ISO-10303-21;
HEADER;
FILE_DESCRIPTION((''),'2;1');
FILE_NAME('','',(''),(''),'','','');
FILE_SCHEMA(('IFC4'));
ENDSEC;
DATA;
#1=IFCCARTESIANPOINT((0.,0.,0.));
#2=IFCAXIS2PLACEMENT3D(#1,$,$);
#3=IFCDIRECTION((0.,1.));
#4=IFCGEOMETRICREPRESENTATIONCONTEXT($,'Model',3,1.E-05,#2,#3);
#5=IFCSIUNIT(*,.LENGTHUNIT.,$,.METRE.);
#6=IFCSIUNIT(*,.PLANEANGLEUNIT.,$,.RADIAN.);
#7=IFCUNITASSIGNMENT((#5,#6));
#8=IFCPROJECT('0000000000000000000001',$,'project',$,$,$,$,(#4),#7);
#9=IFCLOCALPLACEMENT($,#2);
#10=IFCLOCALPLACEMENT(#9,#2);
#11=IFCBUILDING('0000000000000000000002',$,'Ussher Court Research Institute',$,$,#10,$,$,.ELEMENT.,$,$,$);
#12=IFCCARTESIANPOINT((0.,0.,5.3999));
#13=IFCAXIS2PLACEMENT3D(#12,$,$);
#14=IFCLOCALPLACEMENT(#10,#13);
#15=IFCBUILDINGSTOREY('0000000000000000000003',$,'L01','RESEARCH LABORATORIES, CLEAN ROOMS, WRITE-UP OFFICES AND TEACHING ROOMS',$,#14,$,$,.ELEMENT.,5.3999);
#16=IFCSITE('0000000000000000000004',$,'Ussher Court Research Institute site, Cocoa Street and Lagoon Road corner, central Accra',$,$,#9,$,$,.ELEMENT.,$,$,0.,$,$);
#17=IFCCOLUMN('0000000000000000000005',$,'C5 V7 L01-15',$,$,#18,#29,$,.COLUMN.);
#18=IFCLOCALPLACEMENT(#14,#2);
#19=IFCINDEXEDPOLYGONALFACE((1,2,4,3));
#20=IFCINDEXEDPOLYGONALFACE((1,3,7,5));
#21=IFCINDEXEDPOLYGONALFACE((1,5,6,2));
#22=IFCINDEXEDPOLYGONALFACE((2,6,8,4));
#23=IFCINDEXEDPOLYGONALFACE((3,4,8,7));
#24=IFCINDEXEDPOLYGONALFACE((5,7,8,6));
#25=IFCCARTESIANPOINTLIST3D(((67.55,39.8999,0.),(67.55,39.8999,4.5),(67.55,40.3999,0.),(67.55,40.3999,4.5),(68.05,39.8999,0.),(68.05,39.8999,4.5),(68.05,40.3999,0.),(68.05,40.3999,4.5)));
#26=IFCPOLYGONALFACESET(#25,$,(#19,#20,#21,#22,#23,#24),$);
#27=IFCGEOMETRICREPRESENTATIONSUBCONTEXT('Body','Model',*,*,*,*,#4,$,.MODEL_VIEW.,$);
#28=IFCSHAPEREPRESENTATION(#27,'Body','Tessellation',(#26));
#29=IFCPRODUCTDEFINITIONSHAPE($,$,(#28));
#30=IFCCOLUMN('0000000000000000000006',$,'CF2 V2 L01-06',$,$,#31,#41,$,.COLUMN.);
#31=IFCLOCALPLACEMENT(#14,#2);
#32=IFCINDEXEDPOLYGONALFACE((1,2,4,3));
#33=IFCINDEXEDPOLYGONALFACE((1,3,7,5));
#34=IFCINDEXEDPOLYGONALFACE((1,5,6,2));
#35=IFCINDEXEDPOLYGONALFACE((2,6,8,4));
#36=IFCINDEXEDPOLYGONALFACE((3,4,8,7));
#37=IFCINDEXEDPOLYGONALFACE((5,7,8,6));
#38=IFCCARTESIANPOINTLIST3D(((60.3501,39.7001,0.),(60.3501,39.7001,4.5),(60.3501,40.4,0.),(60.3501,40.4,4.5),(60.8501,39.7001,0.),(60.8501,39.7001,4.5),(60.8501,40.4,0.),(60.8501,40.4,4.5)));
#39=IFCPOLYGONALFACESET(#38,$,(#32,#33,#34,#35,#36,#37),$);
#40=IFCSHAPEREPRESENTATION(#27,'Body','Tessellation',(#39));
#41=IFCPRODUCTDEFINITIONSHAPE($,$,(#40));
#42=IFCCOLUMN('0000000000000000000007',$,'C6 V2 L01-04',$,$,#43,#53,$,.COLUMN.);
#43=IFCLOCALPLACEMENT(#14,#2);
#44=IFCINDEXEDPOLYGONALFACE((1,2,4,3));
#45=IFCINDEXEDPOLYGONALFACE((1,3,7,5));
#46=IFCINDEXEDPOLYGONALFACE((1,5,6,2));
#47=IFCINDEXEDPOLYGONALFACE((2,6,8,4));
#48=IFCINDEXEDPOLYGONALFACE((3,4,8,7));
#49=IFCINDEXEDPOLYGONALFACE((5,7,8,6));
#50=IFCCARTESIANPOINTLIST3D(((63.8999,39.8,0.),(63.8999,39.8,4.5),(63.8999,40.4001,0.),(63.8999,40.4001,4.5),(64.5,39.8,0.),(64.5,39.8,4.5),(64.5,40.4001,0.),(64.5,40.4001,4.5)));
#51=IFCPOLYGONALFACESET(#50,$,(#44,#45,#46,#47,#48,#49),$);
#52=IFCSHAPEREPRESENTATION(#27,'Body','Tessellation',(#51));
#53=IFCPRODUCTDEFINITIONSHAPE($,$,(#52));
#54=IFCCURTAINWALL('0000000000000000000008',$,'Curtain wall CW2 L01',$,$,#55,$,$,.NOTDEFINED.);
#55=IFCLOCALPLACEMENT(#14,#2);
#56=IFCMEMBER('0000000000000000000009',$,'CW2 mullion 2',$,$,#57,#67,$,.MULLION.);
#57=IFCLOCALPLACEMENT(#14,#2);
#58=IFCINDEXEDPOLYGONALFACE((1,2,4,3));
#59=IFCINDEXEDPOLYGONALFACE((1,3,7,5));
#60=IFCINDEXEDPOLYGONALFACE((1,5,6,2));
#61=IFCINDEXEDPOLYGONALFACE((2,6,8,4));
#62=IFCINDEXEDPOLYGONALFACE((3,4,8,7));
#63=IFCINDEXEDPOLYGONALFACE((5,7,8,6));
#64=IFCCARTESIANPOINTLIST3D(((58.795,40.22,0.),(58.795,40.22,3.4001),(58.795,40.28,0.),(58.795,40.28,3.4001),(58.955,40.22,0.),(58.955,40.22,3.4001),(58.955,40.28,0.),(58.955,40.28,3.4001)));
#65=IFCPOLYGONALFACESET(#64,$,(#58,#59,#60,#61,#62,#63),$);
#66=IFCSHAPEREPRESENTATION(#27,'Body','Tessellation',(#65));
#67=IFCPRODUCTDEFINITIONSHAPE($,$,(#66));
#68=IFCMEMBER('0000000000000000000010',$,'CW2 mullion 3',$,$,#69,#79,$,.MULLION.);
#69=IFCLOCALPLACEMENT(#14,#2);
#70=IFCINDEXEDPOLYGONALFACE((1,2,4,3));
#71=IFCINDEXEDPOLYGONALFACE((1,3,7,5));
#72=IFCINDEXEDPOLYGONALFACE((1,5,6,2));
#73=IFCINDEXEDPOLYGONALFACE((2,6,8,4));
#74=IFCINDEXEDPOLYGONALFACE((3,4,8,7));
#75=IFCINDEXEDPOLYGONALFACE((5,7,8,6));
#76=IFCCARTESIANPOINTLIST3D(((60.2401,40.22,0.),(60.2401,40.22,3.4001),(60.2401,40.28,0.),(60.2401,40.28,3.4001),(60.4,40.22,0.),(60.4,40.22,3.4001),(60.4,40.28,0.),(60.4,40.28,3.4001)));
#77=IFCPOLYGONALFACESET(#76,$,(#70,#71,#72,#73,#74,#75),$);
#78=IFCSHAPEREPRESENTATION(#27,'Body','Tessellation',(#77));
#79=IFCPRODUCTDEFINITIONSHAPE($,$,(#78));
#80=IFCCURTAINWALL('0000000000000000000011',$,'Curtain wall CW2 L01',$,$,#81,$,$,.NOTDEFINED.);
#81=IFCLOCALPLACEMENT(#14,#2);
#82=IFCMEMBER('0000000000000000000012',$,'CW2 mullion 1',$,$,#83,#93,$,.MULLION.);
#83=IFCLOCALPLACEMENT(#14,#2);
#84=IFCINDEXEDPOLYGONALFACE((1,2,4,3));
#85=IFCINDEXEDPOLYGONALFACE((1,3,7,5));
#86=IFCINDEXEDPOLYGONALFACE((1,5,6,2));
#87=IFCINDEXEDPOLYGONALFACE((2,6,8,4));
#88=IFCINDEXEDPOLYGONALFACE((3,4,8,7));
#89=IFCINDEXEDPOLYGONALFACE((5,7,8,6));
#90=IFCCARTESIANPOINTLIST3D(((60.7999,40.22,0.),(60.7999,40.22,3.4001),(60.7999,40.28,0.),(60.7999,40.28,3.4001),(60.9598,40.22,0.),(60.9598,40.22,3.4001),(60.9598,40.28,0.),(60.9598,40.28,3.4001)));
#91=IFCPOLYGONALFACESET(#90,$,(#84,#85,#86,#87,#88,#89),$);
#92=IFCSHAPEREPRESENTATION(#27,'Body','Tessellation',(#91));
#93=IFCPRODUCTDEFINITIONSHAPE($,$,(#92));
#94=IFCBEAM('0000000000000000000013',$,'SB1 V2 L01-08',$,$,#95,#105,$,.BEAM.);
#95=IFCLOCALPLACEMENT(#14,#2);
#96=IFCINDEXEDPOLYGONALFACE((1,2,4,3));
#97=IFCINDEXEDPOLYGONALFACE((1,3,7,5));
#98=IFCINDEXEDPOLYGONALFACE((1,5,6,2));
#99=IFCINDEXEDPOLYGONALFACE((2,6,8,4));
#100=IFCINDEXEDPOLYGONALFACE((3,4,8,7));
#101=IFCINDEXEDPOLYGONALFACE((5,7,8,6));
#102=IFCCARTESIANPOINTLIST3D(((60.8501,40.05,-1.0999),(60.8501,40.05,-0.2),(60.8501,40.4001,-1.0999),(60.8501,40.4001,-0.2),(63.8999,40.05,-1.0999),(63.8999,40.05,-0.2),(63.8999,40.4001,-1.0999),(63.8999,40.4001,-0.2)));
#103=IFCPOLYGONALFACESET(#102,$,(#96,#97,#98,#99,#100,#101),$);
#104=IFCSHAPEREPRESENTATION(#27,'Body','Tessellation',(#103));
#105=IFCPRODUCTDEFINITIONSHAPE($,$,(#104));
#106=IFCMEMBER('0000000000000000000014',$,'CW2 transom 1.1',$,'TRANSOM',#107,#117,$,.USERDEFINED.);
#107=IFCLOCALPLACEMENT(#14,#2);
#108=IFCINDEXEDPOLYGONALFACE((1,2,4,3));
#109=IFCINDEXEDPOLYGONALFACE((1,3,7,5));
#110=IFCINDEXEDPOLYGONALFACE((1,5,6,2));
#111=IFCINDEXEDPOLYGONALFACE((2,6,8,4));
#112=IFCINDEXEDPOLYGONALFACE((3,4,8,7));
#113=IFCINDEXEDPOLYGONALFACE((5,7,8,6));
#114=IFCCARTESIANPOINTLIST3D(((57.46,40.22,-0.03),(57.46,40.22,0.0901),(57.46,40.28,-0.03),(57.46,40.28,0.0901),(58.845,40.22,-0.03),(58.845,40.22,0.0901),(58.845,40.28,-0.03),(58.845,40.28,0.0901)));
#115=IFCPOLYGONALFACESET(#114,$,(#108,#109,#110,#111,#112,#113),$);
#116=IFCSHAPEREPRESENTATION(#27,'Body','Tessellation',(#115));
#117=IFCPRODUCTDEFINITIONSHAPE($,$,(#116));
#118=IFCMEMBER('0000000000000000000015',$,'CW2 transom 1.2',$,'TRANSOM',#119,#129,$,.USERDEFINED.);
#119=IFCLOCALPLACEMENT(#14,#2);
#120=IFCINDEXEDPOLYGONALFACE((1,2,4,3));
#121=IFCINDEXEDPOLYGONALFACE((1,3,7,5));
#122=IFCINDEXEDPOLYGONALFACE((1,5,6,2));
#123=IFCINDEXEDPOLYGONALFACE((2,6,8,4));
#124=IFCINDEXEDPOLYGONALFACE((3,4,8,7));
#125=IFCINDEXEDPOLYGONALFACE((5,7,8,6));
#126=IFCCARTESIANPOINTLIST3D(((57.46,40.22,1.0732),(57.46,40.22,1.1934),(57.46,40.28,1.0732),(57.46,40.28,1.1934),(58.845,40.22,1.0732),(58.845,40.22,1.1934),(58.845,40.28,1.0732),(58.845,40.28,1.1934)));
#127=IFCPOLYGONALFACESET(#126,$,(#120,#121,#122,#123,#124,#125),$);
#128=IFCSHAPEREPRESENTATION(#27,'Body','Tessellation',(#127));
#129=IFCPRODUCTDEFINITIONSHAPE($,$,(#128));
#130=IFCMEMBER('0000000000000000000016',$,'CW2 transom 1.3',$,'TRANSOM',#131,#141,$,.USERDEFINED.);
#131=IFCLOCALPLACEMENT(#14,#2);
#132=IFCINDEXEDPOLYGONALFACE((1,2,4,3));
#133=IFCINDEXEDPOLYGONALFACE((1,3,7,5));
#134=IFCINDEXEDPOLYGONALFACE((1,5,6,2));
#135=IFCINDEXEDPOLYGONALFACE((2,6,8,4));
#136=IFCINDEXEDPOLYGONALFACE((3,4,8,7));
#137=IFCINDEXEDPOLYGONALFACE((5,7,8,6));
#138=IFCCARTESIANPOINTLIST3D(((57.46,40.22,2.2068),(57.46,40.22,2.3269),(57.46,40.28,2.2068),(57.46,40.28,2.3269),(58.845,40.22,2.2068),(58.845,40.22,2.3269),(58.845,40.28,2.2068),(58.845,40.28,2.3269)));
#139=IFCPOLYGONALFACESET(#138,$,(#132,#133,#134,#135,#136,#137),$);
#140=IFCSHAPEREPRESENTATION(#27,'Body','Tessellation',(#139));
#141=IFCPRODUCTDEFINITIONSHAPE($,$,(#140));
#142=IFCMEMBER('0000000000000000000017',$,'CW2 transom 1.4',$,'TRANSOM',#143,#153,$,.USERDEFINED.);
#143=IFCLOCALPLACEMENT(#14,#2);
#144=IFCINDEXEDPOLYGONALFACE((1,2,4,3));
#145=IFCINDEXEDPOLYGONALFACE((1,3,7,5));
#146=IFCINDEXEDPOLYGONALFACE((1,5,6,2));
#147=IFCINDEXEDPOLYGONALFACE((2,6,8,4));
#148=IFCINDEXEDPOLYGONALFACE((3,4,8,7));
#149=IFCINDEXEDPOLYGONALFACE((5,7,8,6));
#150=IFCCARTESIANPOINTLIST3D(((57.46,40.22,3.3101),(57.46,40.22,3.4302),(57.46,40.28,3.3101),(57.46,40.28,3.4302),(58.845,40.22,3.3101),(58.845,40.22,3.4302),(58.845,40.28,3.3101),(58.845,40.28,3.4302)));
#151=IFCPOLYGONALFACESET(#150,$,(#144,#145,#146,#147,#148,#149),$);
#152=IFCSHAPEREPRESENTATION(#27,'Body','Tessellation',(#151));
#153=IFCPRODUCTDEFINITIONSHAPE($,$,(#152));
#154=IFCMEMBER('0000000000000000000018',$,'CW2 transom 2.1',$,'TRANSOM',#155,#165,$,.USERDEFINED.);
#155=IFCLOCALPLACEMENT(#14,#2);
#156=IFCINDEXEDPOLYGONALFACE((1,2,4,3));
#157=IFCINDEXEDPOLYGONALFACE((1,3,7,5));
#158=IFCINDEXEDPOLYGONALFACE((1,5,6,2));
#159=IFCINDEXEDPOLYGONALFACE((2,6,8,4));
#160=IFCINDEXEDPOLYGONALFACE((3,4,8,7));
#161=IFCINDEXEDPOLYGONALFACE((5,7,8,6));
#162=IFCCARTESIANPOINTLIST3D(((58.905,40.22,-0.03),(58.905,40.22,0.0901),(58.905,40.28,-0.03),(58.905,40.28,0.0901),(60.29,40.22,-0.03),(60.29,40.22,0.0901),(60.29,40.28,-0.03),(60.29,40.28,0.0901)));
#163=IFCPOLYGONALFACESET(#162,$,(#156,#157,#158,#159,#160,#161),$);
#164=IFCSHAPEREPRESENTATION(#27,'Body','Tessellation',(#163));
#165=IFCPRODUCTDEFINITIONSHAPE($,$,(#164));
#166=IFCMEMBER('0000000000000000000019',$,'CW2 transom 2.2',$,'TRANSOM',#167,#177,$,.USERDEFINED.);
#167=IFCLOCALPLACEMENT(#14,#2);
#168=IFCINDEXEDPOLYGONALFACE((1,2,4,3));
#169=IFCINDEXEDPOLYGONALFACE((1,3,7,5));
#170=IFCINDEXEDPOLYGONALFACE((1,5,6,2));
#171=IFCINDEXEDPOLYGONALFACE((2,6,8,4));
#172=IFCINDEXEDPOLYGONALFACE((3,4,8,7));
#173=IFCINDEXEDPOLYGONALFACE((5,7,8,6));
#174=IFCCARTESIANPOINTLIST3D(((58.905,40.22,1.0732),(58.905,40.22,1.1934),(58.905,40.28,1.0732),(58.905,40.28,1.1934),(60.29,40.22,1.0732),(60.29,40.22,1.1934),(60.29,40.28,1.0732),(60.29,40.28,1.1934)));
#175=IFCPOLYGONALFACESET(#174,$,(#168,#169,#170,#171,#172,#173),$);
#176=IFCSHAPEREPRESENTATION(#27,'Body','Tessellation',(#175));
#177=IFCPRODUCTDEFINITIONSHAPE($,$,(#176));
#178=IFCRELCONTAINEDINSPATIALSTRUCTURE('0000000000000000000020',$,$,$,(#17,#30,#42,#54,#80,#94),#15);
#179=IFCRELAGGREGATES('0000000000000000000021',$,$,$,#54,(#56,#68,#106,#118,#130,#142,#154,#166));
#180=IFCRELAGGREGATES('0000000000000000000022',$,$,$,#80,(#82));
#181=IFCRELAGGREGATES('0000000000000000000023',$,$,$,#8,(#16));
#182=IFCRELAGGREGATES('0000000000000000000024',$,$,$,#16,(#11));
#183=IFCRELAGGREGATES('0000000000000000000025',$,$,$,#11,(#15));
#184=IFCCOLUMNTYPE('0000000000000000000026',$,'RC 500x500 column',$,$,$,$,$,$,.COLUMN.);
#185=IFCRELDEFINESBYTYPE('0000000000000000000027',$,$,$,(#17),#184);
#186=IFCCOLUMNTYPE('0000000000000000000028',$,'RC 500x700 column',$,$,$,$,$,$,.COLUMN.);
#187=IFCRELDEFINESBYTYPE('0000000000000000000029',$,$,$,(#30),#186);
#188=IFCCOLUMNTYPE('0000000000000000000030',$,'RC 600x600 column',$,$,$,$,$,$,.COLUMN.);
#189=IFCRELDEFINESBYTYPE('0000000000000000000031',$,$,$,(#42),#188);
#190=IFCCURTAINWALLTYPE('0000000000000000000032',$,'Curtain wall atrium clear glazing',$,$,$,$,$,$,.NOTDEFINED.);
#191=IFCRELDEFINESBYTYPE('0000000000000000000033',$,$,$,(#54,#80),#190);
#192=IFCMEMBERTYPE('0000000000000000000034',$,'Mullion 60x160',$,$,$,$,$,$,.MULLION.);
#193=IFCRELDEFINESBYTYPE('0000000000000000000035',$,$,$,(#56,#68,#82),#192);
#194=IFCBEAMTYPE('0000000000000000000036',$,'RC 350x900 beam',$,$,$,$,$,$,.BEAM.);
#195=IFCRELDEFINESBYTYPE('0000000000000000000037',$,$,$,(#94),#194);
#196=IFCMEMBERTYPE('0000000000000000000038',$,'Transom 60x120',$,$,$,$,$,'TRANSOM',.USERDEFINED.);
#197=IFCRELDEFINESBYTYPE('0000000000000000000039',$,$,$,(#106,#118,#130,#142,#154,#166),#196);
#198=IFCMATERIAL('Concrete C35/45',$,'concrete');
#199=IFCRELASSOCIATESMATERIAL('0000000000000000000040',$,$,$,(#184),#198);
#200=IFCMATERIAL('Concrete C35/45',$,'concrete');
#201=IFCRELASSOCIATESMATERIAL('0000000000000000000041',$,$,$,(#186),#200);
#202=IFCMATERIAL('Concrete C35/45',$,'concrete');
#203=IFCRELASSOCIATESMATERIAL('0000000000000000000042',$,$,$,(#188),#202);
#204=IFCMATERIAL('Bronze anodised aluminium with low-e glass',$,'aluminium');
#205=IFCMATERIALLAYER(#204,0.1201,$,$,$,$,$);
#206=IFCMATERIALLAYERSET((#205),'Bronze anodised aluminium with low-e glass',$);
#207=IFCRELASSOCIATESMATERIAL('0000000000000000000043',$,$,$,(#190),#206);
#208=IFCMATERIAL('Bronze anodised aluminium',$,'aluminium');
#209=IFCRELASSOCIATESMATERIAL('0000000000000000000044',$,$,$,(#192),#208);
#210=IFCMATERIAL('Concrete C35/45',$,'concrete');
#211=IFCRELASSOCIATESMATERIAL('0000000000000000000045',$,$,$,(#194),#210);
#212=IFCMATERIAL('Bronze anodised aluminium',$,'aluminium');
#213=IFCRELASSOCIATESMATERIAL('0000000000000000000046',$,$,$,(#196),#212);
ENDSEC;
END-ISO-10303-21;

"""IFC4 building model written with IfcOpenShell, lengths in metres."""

from ifc_helpers import new_model, si_unit, direction, frame, origin, origin_2d, place, context, subcontext, project, spatial, rectangle, extrude, material, layer, layer_set, material_profile, profile_set, type_object, element, aggregate, save


model = new_model("IFC4")

# Units and contexts
model_context = context("Model", 3, precision=1e-05, world=origin(), true_north=direction((0.0, 1.0)))
body_context = subcontext(model_context, "Body", "Model", "MODEL_VIEW")
ifc_project = project(units=[si_unit("LENGTHUNIT", "METRE"), si_unit("PLANEANGLEUNIT", "RADIAN")], contexts=[model_context])

# Site, building, storey
site_placement = place(None, origin())
site = spatial("IfcSite", under=ifc_project, at=site_placement, Name="Ussher Court Research Institute site, Cocoa Street and Lagoon Road corner, central Accra", CompositionType="ELEMENT", RefElevation=0.0)
building_placement = place(site_placement, origin())
building = spatial("IfcBuilding", under=site, at=building_placement, Name="Ussher Court Research Institute", CompositionType="ELEMENT")
storey_placement = place(building_placement, frame((0.0, 0.0, 5.3999)))
storey = spatial("IfcBuildingStorey", under=building, at=storey_placement, Name="L01", Description="RESEARCH LABORATORIES, CLEAN ROOMS, WRITE-UP OFFICES AND TEACHING ROOMS", CompositionType="ELEMENT", Elevation=5.3999)

# Columns
ifc_material_1 = material(Name="Concrete C35/45", Category="concrete")
ifc_material_profile_1 = material_profile(ifc_material_1, rectangle(XDim=0.5, YDim=0.5, at=origin_2d()), Name="RC 500x500")
ifc_profile_set_1 = profile_set([ifc_material_profile_1], Name="Concrete C35/45")
column_type_1 = type_object("IfcColumnType", Name="RC 500x500 column", PredefinedType="COLUMN", material=ifc_profile_set_1)
column_1_placement = place(storey_placement, frame((67.8, 40.1499, 0.0), z_axis=(0.0, 0.0, 1.0), x_axis=(1.0, 0.0, 0.0)))
element("IfcColumn", 1, at=column_1_placement, inside=storey, type_object=column_type_1, Name="C5 V7 L01-15", PredefinedType="COLUMN", context=body_context, shape_type="SweptSolid", body=[
    extrude(rectangle(XDim=0.5, YDim=0.5, at=origin_2d()), origin(), (0.0, 0.0, 1.0), 4.5),
])
ifc_material_2 = material(Name="Concrete C35/45", Category="concrete")
ifc_material_profile_2 = material_profile(ifc_material_2, rectangle(XDim=0.5, YDim=0.7, at=origin_2d()), Name="RC 500x700")
ifc_profile_set_2 = profile_set([ifc_material_profile_2], Name="Concrete C35/45")
column_type_2 = type_object("IfcColumnType", Name="RC 500x700 column", PredefinedType="COLUMN", material=ifc_profile_set_2)
column_2_placement = place(storey_placement, frame((60.6001, 40.05, 0.0), z_axis=(0.0, 0.0, 1.0), x_axis=(1.0, 0.0, 0.0)))
element("IfcColumn", 2, at=column_2_placement, inside=storey, type_object=column_type_2, Name="CF2 V2 L01-06", PredefinedType="COLUMN", context=body_context, shape_type="SweptSolid", body=[
    extrude(rectangle(XDim=0.5, YDim=0.7, at=origin_2d()), origin(), (0.0, 0.0, 1.0), 4.5),
])
ifc_material_3 = material(Name="Concrete C35/45", Category="concrete")
ifc_material_profile_3 = material_profile(ifc_material_3, rectangle(XDim=0.6001, YDim=0.6001, at=origin_2d()), Name="RC 600x600")
ifc_profile_set_3 = profile_set([ifc_material_profile_3], Name="Concrete C35/45")
column_type_3 = type_object("IfcColumnType", Name="RC 600x600 column", PredefinedType="COLUMN", material=ifc_profile_set_3)
column_3_placement = place(storey_placement, frame((64.2, 40.1001, 0.0), z_axis=(0.0, 0.0, 1.0), x_axis=(1.0, 0.0, 0.0)))
element("IfcColumn", 3, at=column_3_placement, inside=storey, type_object=column_type_3, Name="C6 V2 L01-04", PredefinedType="COLUMN", context=body_context, shape_type="SweptSolid", body=[
    extrude(rectangle(XDim=0.6001, YDim=0.6001, at=origin_2d()), origin(), (0.0, 0.0, 1.0), 4.5),
])

# Curtain wall, members
ifc_material_4 = material(Name="Bronze anodised aluminium with low-e glass", Category="aluminium")
ifc_layer_1 = layer(ifc_material_4, 0.1201)
ifc_layer_set_1 = layer_set([ifc_layer_1], Name="Bronze anodised aluminium with low-e glass")
curtain_wall_type = type_object("IfcCurtainWallType", Name="Curtain wall atrium clear glazing", PredefinedType="NOTDEFINED", material=ifc_layer_set_1)
curtain_wall_1_placement = place(storey_placement, origin())
curtain_wall_1 = element("IfcCurtainWall", 4, at=curtain_wall_1_placement, inside=storey, type_object=curtain_wall_type, Name="Curtain wall CW2 L01", PredefinedType="NOTDEFINED")
ifc_material_5 = material(Name="Bronze anodised aluminium", Category="aluminium")
ifc_material_profile_4 = material_profile(ifc_material_5, rectangle(XDim=0.0601, YDim=0.1599, at=origin_2d()), Name="Mullion 60x160")
ifc_profile_set_4 = profile_set([ifc_material_profile_4], Name="Bronze anodised aluminium")
member_type_1 = type_object("IfcMemberType", Name="Mullion 60x160", PredefinedType="MULLION", material=ifc_profile_set_4)
member_1_placement = place(storey_placement, frame((58.875, 40.25, 0.0), z_axis=(0.0, 0.0, 1.0), x_axis=(0.0, 1.0, 0.0)))
member_1 = element("IfcMember", 5, at=member_1_placement, type_object=member_type_1, Name="CW2 mullion 2", PredefinedType="MULLION", context=body_context, shape_type="SweptSolid", body=[
    extrude(rectangle(XDim=0.0601, YDim=0.1599, at=origin_2d()), origin(), (0.0, 0.0, 1.0), 3.4001),
])
member_2_placement = place(storey_placement, frame((60.3201, 40.25, 0.0), z_axis=(0.0, 0.0, 1.0), x_axis=(0.0, 1.0, 0.0)))
member_2 = element("IfcMember", 6, at=member_2_placement, type_object=member_type_1, Name="CW2 mullion 3", PredefinedType="MULLION", context=body_context, shape_type="SweptSolid", body=[
    extrude(rectangle(XDim=0.0601, YDim=0.1599, at=origin_2d()), origin(), (0.0, 0.0, 1.0), 3.4001),
])

# Curtain wall, member
curtain_wall_2_placement = place(storey_placement, origin())
curtain_wall_2 = element("IfcCurtainWall", 7, at=curtain_wall_2_placement, inside=storey, type_object=curtain_wall_type, Name="Curtain wall CW2 L01", PredefinedType="NOTDEFINED")
member_3_placement = place(storey_placement, frame((60.8799, 40.25, 0.0), z_axis=(0.0, 0.0, 1.0), x_axis=(0.0, 1.0, 0.0)))
member_3 = element("IfcMember", 8, at=member_3_placement, type_object=member_type_1, Name="CW2 mullion 1", PredefinedType="MULLION", context=body_context, shape_type="SweptSolid", body=[
    extrude(rectangle(XDim=0.0601, YDim=0.1599, at=origin_2d()), origin(), (0.0, 0.0, 1.0), 3.4001),
])

# Beam
ifc_material_6 = material(Name="Concrete C35/45", Category="concrete")
ifc_material_profile_5 = material_profile(ifc_material_6, rectangle(XDim=0.3501, YDim=0.8999, at=origin_2d()), Name="RC 350x900")
ifc_profile_set_5 = profile_set([ifc_material_profile_5], Name="Concrete C35/45")
beam_type = type_object("IfcBeamType", Name="RC 350x900 beam", PredefinedType="BEAM", material=ifc_profile_set_5)
beam_placement = place(storey_placement, frame((60.8501, 40.2251, -0.6499), z_axis=(1.0, 0.0, 0.0), x_axis=(0.0, 1.0, 0.0)))
element("IfcBeam", 9, at=beam_placement, inside=storey, type_object=beam_type, Name="SB1 V2 L01-08", PredefinedType="BEAM", context=body_context, shape_type="SweptSolid", body=[
    extrude(rectangle(XDim=0.3501, YDim=0.8999, at=origin_2d()), origin(), (0.0, 0.0, 1.0), 3.0498),
])

# Members
ifc_material_7 = material(Name="Bronze anodised aluminium", Category="aluminium")
ifc_material_profile_6 = material_profile(ifc_material_7, rectangle(XDim=0.0601, YDim=0.1201, at=origin_2d()), Name="Transom 60x120")
ifc_profile_set_6 = profile_set([ifc_material_profile_6], Name="Bronze anodised aluminium")
member_type_2 = type_object("IfcMemberType", Name="Transom 60x120", ElementType="TRANSOM", PredefinedType="USERDEFINED", material=ifc_profile_set_6)
member_4_placement = place(storey_placement, frame((57.46, 40.25, 0.03), z_axis=(1.0, 0.0, 0.0), x_axis=(0.0, 1.0, 0.0)))
member_4 = element("IfcMember", 10, at=member_4_placement, type_object=member_type_2, Name="CW2 transom 1.1", ObjectType="TRANSOM", PredefinedType="USERDEFINED", context=body_context, shape_type="SweptSolid", body=[
    extrude(rectangle(XDim=0.0601, YDim=0.1201, at=origin_2d()), origin(), (0.0, 0.0, 1.0), 1.385),
])
member_5_placement = place(storey_placement, frame((57.46, 40.25, 1.1333), z_axis=(1.0, 0.0, 0.0), x_axis=(0.0, 1.0, 0.0)))
member_5 = element("IfcMember", 11, at=member_5_placement, type_object=member_type_2, Name="CW2 transom 1.2", ObjectType="TRANSOM", PredefinedType="USERDEFINED", context=body_context, shape_type="SweptSolid", body=[
    extrude(rectangle(XDim=0.0601, YDim=0.1201, at=origin_2d()), origin(), (0.0, 0.0, 1.0), 1.385),
])
member_6_placement = place(storey_placement, frame((57.46, 40.25, 2.2668), z_axis=(1.0, 0.0, 0.0), x_axis=(0.0, 1.0, 0.0)))
member_6 = element("IfcMember", 12, at=member_6_placement, type_object=member_type_2, Name="CW2 transom 1.3", ObjectType="TRANSOM", PredefinedType="USERDEFINED", context=body_context, shape_type="SweptSolid", body=[
    extrude(rectangle(XDim=0.0601, YDim=0.1201, at=origin_2d()), origin(), (0.0, 0.0, 1.0), 1.385),
])
member_7_placement = place(storey_placement, frame((57.46, 40.25, 3.3701), z_axis=(1.0, 0.0, 0.0), x_axis=(0.0, 1.0, 0.0)))
member_7 = element("IfcMember", 13, at=member_7_placement, type_object=member_type_2, Name="CW2 transom 1.4", ObjectType="TRANSOM", PredefinedType="USERDEFINED", context=body_context, shape_type="SweptSolid", body=[
    extrude(rectangle(XDim=0.0601, YDim=0.1201, at=origin_2d()), origin(), (0.0, 0.0, 1.0), 1.385),
])
member_8_placement = place(storey_placement, frame((58.905, 40.25, 0.03), z_axis=(1.0, 0.0, 0.0), x_axis=(0.0, 1.0, 0.0)))
member_8 = element("IfcMember", 14, at=member_8_placement, type_object=member_type_2, Name="CW2 transom 2.1", ObjectType="TRANSOM", PredefinedType="USERDEFINED", context=body_context, shape_type="SweptSolid", body=[
    extrude(rectangle(XDim=0.0601, YDim=0.1201, at=origin_2d()), origin(), (0.0, 0.0, 1.0), 1.385),
])
member_9_placement = place(storey_placement, frame((58.905, 40.25, 1.1333), z_axis=(1.0, 0.0, 0.0), x_axis=(0.0, 1.0, 0.0)))
member_9 = element("IfcMember", 15, at=member_9_placement, type_object=member_type_2, Name="CW2 transom 2.2", ObjectType="TRANSOM", PredefinedType="USERDEFINED", context=body_context, shape_type="SweptSolid", body=[
    extrude(rectangle(XDim=0.0601, YDim=0.1201, at=origin_2d()), origin(), (0.0, 0.0, 1.0), 1.385),
])

aggregate(curtain_wall_1, [member_1, member_2, member_4, member_5, member_6, member_7, member_8, member_9])
aggregate(curtain_wall_2, [member_3])

save(model, "model.ifc")
